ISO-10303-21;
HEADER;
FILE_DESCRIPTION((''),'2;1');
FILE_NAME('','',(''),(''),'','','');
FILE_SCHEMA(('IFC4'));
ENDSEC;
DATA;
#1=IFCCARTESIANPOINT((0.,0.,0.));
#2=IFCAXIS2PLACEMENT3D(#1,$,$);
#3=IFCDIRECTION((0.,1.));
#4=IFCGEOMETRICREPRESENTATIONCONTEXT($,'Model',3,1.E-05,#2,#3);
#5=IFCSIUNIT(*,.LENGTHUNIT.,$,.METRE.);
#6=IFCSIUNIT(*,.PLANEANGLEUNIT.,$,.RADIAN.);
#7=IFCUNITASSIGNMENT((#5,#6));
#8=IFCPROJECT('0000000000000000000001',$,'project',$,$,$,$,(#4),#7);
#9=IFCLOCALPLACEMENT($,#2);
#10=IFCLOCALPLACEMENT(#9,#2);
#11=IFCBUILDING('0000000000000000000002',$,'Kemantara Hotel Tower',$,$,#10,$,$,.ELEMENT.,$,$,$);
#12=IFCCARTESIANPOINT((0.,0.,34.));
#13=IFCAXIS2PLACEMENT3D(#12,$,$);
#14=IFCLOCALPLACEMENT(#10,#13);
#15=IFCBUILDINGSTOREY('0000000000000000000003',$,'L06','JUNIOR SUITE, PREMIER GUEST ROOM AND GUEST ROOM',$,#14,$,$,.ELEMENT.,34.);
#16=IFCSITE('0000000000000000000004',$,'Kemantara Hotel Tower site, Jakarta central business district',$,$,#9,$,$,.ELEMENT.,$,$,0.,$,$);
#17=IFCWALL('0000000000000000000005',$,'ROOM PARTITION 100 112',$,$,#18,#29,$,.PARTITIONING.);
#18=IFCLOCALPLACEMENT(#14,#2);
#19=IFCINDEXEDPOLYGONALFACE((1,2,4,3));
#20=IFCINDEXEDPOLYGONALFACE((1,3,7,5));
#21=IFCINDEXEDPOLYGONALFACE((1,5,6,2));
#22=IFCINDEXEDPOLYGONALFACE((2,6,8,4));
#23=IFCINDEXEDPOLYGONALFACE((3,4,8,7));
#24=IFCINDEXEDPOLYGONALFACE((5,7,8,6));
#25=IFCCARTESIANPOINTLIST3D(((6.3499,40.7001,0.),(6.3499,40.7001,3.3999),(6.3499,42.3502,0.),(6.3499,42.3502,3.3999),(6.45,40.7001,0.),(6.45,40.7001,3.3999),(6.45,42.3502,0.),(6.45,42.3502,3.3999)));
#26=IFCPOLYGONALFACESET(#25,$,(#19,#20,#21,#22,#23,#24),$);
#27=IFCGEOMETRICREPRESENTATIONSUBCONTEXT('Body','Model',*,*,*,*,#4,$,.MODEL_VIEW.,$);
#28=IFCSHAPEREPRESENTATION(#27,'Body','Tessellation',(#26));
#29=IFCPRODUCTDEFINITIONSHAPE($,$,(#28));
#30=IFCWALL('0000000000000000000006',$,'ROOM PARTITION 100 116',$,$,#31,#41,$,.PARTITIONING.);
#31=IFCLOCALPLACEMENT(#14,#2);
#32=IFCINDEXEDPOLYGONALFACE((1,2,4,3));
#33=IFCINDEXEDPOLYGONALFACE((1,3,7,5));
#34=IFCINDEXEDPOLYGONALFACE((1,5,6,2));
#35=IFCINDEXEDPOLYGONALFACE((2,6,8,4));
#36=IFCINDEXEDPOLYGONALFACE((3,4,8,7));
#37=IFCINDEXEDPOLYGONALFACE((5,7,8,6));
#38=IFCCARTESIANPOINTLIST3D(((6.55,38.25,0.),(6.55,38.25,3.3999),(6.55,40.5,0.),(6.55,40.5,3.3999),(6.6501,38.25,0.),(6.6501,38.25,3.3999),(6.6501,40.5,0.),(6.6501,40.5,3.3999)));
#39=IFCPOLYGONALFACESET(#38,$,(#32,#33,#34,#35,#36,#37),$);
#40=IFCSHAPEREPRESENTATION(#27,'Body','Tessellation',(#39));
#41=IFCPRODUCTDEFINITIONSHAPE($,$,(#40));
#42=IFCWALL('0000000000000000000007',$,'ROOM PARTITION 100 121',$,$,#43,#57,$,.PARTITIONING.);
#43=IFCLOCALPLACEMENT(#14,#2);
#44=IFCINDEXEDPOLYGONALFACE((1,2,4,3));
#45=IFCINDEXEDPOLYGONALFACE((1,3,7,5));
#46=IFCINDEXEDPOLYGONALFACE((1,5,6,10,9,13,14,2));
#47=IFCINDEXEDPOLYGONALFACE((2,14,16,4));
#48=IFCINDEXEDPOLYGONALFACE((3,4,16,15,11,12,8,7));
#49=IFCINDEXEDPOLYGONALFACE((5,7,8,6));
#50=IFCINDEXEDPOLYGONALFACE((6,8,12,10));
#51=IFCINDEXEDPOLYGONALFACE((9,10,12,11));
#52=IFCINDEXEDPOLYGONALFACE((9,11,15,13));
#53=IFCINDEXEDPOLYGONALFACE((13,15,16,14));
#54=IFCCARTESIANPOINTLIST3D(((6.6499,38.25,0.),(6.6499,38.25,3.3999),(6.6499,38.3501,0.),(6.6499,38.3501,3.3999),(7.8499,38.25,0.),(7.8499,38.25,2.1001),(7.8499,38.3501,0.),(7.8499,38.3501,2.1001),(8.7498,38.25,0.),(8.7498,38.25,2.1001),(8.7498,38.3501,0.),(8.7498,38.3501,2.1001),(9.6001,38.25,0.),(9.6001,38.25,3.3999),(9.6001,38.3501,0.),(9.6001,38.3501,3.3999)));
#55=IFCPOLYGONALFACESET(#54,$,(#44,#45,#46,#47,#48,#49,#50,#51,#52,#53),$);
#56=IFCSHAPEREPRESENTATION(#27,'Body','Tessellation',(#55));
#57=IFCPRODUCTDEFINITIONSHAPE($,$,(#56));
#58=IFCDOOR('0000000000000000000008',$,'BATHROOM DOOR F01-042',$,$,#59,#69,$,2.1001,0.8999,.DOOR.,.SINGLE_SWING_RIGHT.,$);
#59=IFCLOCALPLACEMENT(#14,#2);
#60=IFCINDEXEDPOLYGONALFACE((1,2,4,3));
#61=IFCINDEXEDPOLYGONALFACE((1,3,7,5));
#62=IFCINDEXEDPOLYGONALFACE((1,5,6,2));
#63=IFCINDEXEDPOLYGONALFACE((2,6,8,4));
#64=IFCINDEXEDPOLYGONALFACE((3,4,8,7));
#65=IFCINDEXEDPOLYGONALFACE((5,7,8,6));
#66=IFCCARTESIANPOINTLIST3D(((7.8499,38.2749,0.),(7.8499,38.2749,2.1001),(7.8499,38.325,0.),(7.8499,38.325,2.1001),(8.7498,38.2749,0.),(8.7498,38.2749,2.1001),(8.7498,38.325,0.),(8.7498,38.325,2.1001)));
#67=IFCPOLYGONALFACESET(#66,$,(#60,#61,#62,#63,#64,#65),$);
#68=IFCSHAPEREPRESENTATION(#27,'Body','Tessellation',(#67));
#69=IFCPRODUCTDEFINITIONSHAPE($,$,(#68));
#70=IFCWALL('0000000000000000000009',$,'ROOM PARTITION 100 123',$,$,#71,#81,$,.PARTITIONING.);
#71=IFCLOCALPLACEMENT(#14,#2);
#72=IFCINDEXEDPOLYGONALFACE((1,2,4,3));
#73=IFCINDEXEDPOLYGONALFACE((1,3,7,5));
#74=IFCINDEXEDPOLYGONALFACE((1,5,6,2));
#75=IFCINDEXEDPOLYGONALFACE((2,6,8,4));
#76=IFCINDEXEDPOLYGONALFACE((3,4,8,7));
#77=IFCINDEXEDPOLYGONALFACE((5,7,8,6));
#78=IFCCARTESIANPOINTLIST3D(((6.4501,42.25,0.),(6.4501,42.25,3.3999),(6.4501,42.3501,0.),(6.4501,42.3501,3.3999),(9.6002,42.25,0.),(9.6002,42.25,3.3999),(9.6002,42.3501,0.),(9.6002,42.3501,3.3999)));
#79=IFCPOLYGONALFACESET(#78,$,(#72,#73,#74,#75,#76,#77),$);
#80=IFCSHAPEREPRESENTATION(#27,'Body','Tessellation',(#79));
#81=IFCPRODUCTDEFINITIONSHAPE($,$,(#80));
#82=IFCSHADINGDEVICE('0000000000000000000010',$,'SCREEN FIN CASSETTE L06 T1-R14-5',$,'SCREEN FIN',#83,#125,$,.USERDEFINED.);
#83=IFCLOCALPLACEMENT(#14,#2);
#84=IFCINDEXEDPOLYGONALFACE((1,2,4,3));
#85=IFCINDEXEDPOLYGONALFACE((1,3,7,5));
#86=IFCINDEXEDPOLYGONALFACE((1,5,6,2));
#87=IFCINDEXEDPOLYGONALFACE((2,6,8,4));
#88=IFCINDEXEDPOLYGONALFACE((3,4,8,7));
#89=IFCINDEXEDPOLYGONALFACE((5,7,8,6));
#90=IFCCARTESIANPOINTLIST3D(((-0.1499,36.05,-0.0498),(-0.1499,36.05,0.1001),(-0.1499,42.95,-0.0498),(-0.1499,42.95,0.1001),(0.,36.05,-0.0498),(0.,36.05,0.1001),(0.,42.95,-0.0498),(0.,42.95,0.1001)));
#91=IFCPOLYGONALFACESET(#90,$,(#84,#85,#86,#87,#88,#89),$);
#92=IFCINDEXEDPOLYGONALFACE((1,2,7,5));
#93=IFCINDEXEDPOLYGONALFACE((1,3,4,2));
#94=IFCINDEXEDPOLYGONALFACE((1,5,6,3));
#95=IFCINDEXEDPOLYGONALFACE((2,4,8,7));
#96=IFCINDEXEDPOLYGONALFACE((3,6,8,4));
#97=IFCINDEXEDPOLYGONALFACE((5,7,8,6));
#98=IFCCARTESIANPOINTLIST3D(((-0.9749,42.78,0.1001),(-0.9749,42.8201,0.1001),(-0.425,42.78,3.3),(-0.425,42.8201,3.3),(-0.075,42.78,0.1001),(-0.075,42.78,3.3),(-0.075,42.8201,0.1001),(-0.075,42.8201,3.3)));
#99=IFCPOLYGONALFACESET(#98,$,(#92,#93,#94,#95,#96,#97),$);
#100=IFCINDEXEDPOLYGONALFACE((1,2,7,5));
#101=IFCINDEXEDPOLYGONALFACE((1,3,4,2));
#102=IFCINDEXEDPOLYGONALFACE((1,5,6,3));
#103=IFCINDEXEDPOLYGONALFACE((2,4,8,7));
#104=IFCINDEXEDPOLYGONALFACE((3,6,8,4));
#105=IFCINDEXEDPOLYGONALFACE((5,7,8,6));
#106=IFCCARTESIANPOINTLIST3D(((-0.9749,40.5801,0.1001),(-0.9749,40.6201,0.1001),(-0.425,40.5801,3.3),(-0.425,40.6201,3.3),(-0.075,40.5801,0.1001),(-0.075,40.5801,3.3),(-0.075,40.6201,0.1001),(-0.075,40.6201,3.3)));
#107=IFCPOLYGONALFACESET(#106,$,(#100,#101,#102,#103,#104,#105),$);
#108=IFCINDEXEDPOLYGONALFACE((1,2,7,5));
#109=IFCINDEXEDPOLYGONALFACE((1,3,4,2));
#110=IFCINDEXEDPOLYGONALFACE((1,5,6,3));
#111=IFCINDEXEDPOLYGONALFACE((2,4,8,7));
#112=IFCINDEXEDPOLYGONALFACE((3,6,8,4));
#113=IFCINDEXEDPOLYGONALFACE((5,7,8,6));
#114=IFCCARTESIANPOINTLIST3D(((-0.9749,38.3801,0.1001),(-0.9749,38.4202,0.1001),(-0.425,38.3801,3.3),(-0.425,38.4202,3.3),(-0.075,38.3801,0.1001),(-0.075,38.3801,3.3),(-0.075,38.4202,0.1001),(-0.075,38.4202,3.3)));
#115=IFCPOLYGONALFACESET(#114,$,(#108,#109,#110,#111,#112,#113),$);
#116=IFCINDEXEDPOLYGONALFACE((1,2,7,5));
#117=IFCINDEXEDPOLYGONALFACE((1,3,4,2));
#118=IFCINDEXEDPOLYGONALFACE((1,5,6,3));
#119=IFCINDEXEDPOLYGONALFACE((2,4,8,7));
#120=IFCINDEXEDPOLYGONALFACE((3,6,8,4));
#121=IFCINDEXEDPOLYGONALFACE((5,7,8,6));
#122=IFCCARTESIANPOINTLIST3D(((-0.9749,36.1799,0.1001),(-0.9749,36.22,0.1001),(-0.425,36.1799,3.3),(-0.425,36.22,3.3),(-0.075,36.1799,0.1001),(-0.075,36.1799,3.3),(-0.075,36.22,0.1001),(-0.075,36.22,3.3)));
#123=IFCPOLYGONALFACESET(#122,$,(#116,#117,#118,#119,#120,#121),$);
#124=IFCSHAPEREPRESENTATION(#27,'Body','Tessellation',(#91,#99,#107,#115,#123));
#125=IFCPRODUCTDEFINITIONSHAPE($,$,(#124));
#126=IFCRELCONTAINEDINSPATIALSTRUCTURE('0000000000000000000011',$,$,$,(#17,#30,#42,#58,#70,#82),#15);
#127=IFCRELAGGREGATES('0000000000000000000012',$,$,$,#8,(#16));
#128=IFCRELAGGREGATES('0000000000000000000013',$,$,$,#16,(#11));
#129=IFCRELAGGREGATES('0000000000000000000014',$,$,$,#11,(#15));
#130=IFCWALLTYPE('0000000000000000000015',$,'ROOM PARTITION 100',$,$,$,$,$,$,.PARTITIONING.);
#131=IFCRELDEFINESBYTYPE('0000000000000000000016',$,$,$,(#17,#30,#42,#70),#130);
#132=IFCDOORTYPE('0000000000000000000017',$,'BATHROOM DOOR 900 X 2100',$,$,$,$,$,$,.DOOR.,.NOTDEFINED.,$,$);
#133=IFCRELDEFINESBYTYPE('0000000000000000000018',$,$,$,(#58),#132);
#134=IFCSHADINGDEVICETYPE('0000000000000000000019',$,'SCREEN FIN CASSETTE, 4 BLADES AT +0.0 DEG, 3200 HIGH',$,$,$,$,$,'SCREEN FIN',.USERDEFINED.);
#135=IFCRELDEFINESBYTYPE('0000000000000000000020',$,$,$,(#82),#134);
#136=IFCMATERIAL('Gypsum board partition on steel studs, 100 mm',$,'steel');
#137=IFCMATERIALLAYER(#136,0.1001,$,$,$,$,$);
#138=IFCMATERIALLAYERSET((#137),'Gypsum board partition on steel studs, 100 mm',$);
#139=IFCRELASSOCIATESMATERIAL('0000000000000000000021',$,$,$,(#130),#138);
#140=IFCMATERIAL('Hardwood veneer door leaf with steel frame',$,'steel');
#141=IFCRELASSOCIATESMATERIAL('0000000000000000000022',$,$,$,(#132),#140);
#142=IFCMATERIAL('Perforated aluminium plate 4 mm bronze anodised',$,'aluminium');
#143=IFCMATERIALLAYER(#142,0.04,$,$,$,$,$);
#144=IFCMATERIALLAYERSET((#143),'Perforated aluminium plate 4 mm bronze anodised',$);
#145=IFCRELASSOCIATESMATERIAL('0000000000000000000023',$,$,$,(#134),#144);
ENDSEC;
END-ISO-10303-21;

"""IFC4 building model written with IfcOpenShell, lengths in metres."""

from ifc_helpers import new_model, si_unit, direction, frame, frame_2d, origin, origin_2d, place, context, subcontext, project, spatial, polyline, rectangle, outline, extrude, source, transform, mapped, material, layer, layer_set, type_object, element, fill, save


model = new_model("IFC4")

# Units and contexts
model_context = context("Model", 3, precision=1e-05, world=origin(), true_north=direction((0.0, 1.0)))
body_context = subcontext(model_context, "Body", "Model", "MODEL_VIEW")
ifc_project = project(units=[si_unit("LENGTHUNIT", "METRE"), si_unit("PLANEANGLEUNIT", "RADIAN")], contexts=[model_context])

# Site, building, storey
site_placement = place(None, origin())
site = spatial("IfcSite", under=ifc_project, at=site_placement, Name="Kemantara Hotel Tower site, Jakarta central business district", CompositionType="ELEMENT", RefElevation=0.0)
building_placement = place(site_placement, origin())
building = spatial("IfcBuilding", under=site, at=building_placement, Name="Kemantara Hotel Tower", CompositionType="ELEMENT")
storey_placement = place(building_placement, frame((0.0, 0.0, 34.0)))
storey = spatial("IfcBuildingStorey", under=building, at=storey_placement, Name="L06", Description="JUNIOR SUITE, PREMIER GUEST ROOM AND GUEST ROOM", CompositionType="ELEMENT", Elevation=34.0)

# Shared definitions
ifc_material_1 = material(Name="Hardwood veneer door leaf with steel frame", Category="steel")

# Walls
ifc_material_2 = material(Name="Gypsum board partition on steel studs, 100 mm", Category="steel")
ifc_layer_1 = layer(ifc_material_2, 0.1001)
ifc_layer_set_1 = layer_set([ifc_layer_1], Name="Gypsum board partition on steel studs, 100 mm")
wall_type_1 = type_object("IfcWallType", Name="ROOM PARTITION 100", PredefinedType="PARTITIONING", material=ifc_layer_set_1)
wall_1_placement = place(storey_placement, frame((6.3999, 40.7, 0.0), z_axis=(0.0, 0.0, 1.0), x_axis=(0.0, 1.0, 0.0)))
element("IfcWall", 1, at=wall_1_placement, inside=storey, type_object=wall_type_1, Name="ROOM PARTITION 100 112", PredefinedType="PARTITIONING", context=body_context, shape_type="SweptSolid", body=[
    extrude(rectangle(XDim=1.6501, YDim=0.1001, at=frame_2d((0.8252, 0.0))), origin(), (0.0, 0.0, 1.0), 3.3999),
])
wall_2_placement = place(storey_placement, frame((6.6001, 38.25, 0.0), z_axis=(0.0, 0.0, 1.0), x_axis=(0.0, 1.0, 0.0)))
element("IfcWall", 2, at=wall_2_placement, inside=storey, type_object=wall_type_1, Name="ROOM PARTITION 100 116", PredefinedType="PARTITIONING", context=body_context, shape_type="SweptSolid", body=[
    extrude(rectangle(XDim=2.25, YDim=0.1001, at=frame_2d((1.125, 0.0))), origin(), (0.0, 0.0, 1.0), 3.3999),
])

# Wall, opening, door
wall_3_placement = place(storey_placement, frame((6.6499, 38.3, 0.0), z_axis=(0.0, 0.0, 1.0), x_axis=(1.0, 0.0, 0.0)))
wall_3 = element("IfcWall", 3, at=wall_3_placement, inside=storey, type_object=wall_type_1, Name="ROOM PARTITION 100 121", PredefinedType="PARTITIONING", context=body_context, shape_type="SweptSolid", body=[
    extrude(rectangle(XDim=2.9502, YDim=0.1001, at=frame_2d((1.4751, 0.0))), origin(), (0.0, 0.0, 1.0), 3.3999),
])
opening_1_placement = place(wall_3_placement, frame((1.2, 0.0, 0.0)))
opening_1 = element("IfcOpeningElement", 4, at=opening_1_placement, cuts=wall_3, PredefinedType="OPENING", context=body_context, shape_type="SweptSolid", body=[
    extrude(rectangle(XDim=0.8999, YDim=2.1001, at=frame_2d((0.45, 1.05))), frame((0.0, 0.0601, 0.0), z_axis=(0.0, -1.0, 0.0), x_axis=(1.0, 0.0, 0.0)), (0.0, 0.0, 1.0), 0.1201),
])
door_type_1 = type_object("IfcDoorType", Name="BATHROOM DOOR 900 X 2100", OperationType="NOTDEFINED", PredefinedType="DOOR", material=ifc_material_1)
door_1_placement = place(opening_1_placement, origin())
door_1 = element("IfcDoor", 5, at=door_1_placement, inside=storey, type_object=door_type_1, Name="BATHROOM DOOR F01-042", OperationType="SINGLE_SWING_RIGHT", OverallHeight=2.1001, OverallWidth=0.8999, PredefinedType="DOOR", context=body_context, shape_type="SweptSolid", body=[
    extrude(rectangle(XDim=0.8999, YDim=2.1001, at=frame_2d((0.45, 1.05))), frame((0.0, 0.0249, 0.0), z_axis=(0.0, -1.0, 0.0), x_axis=(1.0, 0.0, 0.0)), (0.0, 0.0, 1.0), 0.05),
])
fill(opening_1, door_1)

# Wall
wall_4_placement = place(storey_placement, frame((6.45, 42.3, 0.0), z_axis=(0.0, 0.0, 1.0), x_axis=(1.0, 0.0, 0.0)))
element("IfcWall", 6, at=wall_4_placement, inside=storey, type_object=wall_type_1, Name="ROOM PARTITION 100 123", PredefinedType="PARTITIONING", context=body_context, shape_type="SweptSolid", body=[
    extrude(rectangle(XDim=3.1501, YDim=0.1001, at=frame_2d((1.5752, 0.0))), origin(), (0.0, 0.0, 1.0), 3.3999),
])

# Shading device
ifc_material_3 = material(Name="Perforated aluminium plate 4 mm bronze anodised", Category="aluminium")
ifc_layer_2 = layer(ifc_material_3, 0.04)
ifc_layer_set_2 = layer_set([ifc_layer_2], Name="Perforated aluminium plate 4 mm bronze anodised")
shading_device_type = type_object("IfcShadingDeviceType", Name="SCREEN FIN CASSETTE, 4 BLADES AT +0.0 DEG, 3200 HIGH", ElementType="SCREEN FIN", PredefinedType="USERDEFINED", material=ifc_layer_set_2)
shared_shape = source(origin(), body_context, "Body", "SweptSolid", [
    extrude(rectangle(XDim=6.8999, YDim=0.1499, at=origin_2d()), frame((3.3, -0.075, -0.1499), z_axis=(0.0, 0.0, 1.0), x_axis=(1.0, 0.0, 0.0)), (0.0, 0.0, 1.0), 0.1499),
    extrude(outline(polyline([(0.0, 0.0), (0.8999, 0.0), (0.3501, 3.2), (0.0, 3.2), (0.0, 0.0)])), frame((0.02, -0.075, 0.0), z_axis=(-1.0, 0.0, 0.0), x_axis=(0.0, -1.0, 0.0)), (0.0, 0.0, 1.0), 0.04),
    extrude(outline(polyline([(0.0, 0.0), (0.8999, 0.0), (0.3501, 3.2), (0.0, 3.2), (0.0, 0.0)])), frame((2.22, -0.075, 0.0), z_axis=(-1.0, 0.0, 0.0), x_axis=(0.0, -1.0, 0.0)), (0.0, 0.0, 1.0), 0.04),
    extrude(outline(polyline([(0.0, 0.0), (0.8999, 0.0), (0.3501, 3.2), (0.0, 3.2), (0.0, 0.0)])), frame((4.4199, -0.075, 0.0), z_axis=(-1.0, 0.0, 0.0), x_axis=(0.0, -1.0, 0.0)), (0.0, 0.0, 1.0), 0.04),
    extrude(outline(polyline([(0.0, 0.0), (0.8999, 0.0), (0.3501, 3.2), (0.0, 3.2), (0.0, 0.0)])), frame((6.6201, -0.075, 0.0), z_axis=(-1.0, 0.0, 0.0), x_axis=(0.0, -1.0, 0.0)), (0.0, 0.0, 1.0), 0.04),
])
shading_device_placement = place(storey_placement, frame((0.0, 42.8, 0.1001), z_axis=(0.0, 0.0, 1.0), x_axis=(0.0, -1.0, 0.0)))
element("IfcShadingDevice", 7, at=shading_device_placement, inside=storey, type_object=shading_device_type, Name="SCREEN FIN CASSETTE L06 T1-R14-5", ObjectType="SCREEN FIN", PredefinedType="USERDEFINED", context=body_context, shape_type="MappedRepresentation", body=[
    mapped(shared_shape, transform((0.0, 0.0, 0.0))),
])

save(model, "model.ifc")
